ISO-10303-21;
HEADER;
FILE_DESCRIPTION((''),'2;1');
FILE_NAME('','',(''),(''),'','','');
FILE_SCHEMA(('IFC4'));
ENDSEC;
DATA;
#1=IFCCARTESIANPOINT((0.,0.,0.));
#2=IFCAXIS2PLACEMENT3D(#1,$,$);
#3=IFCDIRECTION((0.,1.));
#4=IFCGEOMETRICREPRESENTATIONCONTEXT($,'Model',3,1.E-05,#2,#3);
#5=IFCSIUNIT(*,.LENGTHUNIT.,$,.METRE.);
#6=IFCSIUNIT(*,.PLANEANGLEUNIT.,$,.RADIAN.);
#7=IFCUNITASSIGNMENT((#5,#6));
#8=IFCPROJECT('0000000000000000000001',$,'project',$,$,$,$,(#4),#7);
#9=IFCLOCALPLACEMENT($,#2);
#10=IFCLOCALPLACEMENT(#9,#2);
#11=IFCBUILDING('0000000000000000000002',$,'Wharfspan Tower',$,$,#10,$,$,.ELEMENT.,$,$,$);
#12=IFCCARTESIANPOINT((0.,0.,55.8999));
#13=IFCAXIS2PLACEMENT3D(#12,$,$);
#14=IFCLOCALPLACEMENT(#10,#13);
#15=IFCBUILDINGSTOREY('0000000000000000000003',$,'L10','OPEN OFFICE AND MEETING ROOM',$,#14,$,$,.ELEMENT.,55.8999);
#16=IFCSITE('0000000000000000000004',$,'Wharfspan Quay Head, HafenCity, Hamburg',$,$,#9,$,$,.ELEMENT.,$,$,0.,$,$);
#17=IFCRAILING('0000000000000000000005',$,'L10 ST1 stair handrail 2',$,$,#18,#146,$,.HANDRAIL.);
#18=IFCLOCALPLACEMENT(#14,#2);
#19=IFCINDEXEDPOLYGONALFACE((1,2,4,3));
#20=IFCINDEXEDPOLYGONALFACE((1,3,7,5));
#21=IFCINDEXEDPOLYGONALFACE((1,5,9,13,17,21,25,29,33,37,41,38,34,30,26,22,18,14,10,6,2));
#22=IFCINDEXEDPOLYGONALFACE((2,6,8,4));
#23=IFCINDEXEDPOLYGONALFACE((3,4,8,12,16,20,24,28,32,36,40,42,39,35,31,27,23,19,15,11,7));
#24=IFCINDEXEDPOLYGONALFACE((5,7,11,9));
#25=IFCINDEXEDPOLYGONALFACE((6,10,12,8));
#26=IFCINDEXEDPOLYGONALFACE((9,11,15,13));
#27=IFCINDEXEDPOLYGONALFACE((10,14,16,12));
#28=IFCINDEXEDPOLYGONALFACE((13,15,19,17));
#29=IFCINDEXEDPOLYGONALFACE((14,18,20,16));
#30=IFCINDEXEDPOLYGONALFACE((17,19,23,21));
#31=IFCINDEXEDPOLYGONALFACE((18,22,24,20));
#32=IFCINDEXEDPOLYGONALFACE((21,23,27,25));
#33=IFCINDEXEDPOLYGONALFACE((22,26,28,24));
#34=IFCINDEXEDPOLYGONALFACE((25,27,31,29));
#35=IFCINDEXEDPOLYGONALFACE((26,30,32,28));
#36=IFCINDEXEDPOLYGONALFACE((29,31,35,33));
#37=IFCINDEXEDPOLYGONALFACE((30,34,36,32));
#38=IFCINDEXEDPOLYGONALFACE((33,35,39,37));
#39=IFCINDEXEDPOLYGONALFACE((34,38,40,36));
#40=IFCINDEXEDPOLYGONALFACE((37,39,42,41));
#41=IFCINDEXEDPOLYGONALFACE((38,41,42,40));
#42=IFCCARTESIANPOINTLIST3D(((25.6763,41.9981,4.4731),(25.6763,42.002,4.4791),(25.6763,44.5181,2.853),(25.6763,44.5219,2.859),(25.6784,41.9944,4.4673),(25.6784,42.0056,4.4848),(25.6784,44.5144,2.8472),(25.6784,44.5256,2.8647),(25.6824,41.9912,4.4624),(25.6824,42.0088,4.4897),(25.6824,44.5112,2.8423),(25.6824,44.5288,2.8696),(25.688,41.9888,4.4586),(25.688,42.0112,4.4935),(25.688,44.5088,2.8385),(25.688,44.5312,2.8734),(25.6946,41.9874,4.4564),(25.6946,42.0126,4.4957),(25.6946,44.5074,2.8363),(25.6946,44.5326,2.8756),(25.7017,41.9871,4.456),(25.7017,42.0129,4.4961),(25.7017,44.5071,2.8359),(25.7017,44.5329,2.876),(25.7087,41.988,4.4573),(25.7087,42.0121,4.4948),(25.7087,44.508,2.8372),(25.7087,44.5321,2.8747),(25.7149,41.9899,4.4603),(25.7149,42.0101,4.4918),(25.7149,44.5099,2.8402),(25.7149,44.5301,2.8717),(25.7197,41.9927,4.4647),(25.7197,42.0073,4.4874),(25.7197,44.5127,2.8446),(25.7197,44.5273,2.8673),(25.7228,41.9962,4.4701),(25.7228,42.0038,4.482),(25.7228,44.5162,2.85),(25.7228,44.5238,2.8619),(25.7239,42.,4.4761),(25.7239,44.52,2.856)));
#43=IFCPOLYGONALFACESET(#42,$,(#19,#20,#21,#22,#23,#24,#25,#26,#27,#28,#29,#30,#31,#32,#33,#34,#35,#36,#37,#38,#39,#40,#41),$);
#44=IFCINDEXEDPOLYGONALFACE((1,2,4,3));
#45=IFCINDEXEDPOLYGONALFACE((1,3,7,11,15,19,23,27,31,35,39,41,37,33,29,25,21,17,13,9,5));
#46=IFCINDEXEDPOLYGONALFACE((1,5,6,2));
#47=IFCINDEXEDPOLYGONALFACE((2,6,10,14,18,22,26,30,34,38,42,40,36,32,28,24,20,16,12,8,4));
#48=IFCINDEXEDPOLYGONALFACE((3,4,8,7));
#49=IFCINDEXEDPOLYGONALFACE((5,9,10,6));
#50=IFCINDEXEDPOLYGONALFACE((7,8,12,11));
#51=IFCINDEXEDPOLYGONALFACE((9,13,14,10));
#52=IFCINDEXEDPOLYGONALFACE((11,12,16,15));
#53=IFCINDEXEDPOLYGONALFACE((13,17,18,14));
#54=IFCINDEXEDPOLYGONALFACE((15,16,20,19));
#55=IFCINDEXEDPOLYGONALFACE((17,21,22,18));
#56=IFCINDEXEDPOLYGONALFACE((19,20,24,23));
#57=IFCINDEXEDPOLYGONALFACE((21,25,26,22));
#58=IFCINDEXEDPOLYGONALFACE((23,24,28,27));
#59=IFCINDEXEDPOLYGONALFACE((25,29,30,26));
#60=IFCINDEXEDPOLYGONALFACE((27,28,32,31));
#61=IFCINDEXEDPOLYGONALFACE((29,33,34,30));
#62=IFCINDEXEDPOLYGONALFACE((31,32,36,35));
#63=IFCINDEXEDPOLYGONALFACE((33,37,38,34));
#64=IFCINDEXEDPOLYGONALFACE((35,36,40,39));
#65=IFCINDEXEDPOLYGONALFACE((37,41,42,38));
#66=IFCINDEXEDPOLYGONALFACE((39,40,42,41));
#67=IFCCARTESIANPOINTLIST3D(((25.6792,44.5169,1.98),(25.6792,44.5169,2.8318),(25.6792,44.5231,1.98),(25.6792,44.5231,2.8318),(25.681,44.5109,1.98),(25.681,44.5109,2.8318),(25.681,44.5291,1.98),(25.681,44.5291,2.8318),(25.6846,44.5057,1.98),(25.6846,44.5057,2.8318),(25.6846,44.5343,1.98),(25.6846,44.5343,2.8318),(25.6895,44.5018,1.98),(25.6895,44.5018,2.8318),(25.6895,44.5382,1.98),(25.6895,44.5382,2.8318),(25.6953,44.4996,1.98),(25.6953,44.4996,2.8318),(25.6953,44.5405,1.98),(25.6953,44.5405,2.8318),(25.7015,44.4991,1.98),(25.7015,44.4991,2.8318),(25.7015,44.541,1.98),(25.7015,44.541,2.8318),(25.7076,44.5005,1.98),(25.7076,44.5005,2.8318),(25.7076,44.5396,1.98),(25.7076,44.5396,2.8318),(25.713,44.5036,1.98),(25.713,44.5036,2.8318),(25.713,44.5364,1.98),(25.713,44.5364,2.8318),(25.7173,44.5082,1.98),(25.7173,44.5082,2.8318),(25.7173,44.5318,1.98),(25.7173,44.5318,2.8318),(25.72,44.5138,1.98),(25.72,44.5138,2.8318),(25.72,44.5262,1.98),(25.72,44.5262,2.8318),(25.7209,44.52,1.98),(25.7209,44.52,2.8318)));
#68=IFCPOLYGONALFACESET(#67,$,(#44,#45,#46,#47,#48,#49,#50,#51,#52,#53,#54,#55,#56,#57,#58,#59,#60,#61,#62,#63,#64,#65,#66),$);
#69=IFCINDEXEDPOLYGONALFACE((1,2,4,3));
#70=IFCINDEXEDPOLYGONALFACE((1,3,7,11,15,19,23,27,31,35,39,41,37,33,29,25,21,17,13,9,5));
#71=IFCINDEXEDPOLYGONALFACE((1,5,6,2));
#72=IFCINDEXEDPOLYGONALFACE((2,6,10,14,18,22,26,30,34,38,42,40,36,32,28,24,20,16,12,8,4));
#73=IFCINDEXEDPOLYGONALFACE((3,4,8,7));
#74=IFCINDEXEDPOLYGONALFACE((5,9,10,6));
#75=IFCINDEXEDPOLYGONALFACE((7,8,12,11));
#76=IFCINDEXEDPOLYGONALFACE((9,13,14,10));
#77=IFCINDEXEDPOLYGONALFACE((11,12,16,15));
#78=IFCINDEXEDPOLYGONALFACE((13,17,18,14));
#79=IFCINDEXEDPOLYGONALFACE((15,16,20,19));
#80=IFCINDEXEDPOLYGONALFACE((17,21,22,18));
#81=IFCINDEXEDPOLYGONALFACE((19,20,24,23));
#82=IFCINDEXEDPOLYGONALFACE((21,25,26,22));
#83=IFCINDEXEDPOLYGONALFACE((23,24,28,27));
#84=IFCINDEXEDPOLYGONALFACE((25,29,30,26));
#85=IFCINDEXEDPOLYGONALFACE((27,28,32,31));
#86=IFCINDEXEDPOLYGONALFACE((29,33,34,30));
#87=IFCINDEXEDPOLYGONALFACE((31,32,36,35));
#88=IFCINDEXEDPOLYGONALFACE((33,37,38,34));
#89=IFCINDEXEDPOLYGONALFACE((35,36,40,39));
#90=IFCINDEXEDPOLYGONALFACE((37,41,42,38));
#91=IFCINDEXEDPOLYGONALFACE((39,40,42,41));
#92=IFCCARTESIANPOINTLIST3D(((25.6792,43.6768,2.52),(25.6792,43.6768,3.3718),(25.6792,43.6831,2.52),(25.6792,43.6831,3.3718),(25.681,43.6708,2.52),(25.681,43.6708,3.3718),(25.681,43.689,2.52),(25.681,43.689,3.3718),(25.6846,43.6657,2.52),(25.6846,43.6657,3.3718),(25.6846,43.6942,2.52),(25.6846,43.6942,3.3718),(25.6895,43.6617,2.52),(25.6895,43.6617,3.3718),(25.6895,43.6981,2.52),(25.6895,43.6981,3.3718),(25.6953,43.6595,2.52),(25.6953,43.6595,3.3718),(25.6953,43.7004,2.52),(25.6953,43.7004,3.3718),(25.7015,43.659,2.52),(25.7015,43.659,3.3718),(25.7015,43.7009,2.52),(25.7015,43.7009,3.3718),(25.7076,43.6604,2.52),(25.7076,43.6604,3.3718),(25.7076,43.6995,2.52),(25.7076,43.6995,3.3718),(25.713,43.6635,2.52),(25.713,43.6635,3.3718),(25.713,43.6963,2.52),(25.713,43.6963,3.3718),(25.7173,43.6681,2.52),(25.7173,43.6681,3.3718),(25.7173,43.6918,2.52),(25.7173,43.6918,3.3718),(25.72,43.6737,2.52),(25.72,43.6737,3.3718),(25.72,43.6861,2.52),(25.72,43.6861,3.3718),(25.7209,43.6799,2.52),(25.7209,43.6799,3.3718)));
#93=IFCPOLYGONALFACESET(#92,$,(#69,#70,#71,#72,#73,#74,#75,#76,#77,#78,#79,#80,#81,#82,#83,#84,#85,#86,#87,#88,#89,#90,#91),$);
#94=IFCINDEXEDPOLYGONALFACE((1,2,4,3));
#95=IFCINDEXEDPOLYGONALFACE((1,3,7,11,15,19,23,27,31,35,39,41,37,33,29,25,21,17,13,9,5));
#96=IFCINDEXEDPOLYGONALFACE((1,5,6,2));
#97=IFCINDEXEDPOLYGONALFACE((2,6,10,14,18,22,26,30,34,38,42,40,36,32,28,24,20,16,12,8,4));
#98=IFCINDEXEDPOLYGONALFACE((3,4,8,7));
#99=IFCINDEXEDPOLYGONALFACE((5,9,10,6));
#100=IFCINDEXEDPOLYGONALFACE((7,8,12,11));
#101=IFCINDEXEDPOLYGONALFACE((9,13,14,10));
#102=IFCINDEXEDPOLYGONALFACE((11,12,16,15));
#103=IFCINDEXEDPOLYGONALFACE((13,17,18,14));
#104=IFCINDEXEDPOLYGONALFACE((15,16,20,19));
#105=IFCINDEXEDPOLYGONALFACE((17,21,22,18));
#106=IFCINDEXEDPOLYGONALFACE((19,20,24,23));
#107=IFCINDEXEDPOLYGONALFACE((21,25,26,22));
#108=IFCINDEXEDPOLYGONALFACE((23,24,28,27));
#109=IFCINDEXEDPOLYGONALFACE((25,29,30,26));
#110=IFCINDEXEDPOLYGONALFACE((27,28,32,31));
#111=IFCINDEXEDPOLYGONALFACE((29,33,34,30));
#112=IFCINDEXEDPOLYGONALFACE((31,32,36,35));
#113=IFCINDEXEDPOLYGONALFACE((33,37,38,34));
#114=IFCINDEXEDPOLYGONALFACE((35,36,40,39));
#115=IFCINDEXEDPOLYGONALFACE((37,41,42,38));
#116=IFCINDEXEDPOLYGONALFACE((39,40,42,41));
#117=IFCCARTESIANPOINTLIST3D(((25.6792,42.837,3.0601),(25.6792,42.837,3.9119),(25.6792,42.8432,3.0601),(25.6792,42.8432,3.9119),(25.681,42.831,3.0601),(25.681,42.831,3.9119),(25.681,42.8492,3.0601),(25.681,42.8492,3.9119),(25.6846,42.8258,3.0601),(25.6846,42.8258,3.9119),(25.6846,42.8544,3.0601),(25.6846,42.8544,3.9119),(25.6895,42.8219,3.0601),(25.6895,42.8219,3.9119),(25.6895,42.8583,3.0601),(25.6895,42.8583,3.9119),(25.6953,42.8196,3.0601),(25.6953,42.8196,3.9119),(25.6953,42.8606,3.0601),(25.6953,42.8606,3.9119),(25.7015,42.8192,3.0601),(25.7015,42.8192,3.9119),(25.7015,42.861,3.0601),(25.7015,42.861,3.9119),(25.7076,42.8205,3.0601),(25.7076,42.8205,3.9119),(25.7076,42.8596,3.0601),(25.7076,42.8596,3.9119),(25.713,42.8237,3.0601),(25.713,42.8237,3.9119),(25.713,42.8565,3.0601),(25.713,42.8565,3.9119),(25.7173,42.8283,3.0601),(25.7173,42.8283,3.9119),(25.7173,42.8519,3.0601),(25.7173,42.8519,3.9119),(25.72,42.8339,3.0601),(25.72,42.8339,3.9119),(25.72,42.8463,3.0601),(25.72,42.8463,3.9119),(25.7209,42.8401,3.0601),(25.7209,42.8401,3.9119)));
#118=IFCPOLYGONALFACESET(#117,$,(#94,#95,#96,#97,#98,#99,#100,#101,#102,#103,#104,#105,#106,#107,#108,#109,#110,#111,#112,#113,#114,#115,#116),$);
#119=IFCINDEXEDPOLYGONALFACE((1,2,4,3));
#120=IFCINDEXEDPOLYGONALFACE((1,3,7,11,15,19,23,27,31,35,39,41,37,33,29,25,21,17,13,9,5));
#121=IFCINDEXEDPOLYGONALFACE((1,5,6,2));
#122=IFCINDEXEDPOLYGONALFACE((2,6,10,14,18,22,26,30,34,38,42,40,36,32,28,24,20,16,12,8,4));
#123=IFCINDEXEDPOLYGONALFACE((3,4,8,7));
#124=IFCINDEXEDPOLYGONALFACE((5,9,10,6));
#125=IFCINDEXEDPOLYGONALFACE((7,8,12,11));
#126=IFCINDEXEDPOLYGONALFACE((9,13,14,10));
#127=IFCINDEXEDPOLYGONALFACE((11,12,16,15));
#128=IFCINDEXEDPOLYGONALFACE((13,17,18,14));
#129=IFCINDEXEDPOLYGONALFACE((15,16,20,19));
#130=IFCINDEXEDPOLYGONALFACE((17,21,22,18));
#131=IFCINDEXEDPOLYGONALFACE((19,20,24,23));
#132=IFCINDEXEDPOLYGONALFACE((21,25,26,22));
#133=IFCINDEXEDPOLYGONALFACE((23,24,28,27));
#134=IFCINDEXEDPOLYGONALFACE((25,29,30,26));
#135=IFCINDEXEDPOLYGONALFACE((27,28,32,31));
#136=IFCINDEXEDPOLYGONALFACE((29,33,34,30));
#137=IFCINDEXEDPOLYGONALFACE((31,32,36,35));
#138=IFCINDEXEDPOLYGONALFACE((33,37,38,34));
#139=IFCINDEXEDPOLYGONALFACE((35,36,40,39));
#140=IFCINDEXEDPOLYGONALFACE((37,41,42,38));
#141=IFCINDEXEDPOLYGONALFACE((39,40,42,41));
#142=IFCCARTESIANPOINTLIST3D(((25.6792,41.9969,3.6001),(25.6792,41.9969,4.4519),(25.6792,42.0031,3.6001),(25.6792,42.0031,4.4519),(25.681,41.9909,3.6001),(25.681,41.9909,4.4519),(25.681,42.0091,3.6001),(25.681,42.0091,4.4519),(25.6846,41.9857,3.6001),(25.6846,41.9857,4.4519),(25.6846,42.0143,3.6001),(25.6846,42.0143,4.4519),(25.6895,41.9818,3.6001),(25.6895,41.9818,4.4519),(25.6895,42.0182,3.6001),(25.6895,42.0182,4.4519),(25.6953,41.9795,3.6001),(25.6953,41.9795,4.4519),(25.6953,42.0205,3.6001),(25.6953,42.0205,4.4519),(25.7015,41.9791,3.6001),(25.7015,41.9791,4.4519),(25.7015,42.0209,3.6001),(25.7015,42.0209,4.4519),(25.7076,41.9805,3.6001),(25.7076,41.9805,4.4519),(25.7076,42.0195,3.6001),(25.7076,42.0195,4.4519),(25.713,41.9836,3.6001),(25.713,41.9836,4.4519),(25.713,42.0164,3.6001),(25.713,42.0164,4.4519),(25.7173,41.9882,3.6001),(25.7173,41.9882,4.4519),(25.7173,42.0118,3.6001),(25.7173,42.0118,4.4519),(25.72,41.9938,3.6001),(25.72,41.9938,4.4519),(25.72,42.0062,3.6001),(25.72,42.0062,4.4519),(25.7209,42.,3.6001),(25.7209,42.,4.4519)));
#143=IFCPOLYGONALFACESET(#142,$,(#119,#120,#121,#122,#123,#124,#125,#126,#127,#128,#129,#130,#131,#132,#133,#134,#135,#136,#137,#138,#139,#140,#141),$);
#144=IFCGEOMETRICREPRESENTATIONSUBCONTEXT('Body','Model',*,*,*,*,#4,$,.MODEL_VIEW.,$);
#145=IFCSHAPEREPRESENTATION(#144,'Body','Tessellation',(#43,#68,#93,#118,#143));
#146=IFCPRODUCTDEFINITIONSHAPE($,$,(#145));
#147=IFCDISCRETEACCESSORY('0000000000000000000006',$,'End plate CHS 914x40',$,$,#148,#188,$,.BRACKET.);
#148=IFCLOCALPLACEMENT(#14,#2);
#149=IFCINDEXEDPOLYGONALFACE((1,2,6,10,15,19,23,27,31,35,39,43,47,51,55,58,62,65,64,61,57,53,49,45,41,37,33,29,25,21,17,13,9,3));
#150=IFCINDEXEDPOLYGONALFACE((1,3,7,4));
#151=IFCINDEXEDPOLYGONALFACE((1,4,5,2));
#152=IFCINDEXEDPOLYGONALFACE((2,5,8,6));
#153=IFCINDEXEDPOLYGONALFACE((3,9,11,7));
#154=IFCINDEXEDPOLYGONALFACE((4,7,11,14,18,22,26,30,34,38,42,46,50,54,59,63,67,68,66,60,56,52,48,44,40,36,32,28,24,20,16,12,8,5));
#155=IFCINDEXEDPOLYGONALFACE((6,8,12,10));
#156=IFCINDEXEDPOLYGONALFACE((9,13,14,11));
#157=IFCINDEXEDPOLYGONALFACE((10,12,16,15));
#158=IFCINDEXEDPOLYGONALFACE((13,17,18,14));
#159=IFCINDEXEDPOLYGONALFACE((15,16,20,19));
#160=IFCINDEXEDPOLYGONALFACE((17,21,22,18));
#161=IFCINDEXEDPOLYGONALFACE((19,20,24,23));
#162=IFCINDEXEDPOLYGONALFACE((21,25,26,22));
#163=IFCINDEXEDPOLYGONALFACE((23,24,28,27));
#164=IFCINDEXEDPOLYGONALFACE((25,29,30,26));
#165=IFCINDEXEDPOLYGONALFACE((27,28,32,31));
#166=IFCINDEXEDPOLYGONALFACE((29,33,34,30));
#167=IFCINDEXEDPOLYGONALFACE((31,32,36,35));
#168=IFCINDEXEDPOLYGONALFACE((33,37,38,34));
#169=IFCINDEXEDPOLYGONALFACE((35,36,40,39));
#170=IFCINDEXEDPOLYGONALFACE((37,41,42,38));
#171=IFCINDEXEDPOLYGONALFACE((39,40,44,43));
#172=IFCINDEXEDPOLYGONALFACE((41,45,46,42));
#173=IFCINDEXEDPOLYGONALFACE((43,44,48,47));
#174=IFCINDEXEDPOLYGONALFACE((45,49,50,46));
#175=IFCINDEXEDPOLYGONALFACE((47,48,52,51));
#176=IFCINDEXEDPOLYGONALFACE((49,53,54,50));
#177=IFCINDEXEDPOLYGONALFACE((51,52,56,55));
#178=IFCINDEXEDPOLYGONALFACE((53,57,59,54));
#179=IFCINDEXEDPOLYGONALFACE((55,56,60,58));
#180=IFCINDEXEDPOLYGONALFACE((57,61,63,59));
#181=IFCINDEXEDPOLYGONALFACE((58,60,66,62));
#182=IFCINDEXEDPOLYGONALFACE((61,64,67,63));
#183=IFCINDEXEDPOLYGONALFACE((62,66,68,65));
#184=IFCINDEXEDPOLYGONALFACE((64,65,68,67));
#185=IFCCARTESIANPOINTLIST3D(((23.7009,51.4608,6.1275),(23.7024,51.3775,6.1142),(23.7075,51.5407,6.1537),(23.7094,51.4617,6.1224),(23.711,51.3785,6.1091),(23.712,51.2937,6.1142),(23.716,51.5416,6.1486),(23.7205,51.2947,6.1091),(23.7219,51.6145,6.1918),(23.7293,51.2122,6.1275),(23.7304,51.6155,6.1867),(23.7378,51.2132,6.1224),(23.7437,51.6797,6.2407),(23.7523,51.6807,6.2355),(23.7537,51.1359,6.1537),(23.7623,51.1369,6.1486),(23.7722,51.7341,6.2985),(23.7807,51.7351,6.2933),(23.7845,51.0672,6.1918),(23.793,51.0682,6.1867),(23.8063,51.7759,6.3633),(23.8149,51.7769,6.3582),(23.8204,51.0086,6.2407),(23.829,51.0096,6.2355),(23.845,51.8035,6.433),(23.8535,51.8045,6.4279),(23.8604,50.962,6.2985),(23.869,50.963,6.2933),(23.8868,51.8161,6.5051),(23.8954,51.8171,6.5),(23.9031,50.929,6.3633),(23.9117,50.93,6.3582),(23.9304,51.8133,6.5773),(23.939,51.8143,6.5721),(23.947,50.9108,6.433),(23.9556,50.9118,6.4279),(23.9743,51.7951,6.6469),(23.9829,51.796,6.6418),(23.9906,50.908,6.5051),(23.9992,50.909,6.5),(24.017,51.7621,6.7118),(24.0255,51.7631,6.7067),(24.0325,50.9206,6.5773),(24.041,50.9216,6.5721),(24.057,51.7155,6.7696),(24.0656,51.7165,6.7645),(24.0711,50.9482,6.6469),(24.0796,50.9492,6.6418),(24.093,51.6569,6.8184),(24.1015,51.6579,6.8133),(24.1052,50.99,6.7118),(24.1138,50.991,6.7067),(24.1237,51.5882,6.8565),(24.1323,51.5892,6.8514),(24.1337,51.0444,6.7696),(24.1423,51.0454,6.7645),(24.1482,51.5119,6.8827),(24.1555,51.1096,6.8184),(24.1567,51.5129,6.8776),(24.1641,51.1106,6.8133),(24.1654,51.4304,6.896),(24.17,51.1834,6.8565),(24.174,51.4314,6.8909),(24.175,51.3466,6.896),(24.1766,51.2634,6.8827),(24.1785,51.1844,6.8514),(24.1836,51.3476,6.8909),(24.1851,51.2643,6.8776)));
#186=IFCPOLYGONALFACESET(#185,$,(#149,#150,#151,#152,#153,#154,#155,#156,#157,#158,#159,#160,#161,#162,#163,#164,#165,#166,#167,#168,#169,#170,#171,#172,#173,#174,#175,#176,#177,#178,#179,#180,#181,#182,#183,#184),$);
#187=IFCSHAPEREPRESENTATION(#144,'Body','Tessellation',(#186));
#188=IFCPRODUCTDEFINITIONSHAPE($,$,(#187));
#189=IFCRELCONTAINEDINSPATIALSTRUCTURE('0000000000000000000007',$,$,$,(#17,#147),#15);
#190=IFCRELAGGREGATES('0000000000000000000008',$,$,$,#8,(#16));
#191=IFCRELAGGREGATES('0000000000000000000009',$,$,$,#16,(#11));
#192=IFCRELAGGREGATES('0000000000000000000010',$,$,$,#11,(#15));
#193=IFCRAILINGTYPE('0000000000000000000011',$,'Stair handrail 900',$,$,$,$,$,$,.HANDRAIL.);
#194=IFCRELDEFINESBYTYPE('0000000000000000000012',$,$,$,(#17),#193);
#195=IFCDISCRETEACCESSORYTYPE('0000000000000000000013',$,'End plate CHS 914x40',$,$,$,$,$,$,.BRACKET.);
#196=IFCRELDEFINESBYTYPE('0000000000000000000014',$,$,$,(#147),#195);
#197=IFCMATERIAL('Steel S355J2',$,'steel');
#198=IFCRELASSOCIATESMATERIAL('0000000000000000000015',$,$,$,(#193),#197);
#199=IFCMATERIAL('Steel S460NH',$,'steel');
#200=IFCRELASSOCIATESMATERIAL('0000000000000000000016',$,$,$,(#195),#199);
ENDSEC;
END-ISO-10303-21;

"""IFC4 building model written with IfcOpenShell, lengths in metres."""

from ifc_helpers import new_model, si_unit, direction, frame, origin, origin_2d, place, context, subcontext, project, spatial, circle, extrude, material, material_profile, profile_set, type_object, element, save


model = new_model("IFC4")

# Units and contexts
model_context = context("Model", 3, precision=1e-05, world=origin(), true_north=direction((0.0, 1.0)))
body_context = subcontext(model_context, "Body", "Model", "MODEL_VIEW")
ifc_project = project(units=[si_unit("LENGTHUNIT", "METRE"), si_unit("PLANEANGLEUNIT", "RADIAN")], contexts=[model_context])

# Site, building, storey
site_placement = place(None, origin())
site = spatial("IfcSite", under=ifc_project, at=site_placement, Name="Wharfspan Quay Head, HafenCity, Hamburg", CompositionType="ELEMENT", RefElevation=0.0)
building_placement = place(site_placement, origin())
building = spatial("IfcBuilding", under=site, at=building_placement, Name="Wharfspan Tower", CompositionType="ELEMENT")
storey_placement = place(building_placement, frame((0.0, 0.0, 55.8999)))
storey = spatial("IfcBuildingStorey", under=building, at=storey_placement, Name="L10", Description="OPEN OFFICE AND MEETING ROOM", CompositionType="ELEMENT", Elevation=55.8999)

# Shared definitions
ifc_material_1 = material(Name="Steel S355J2", Category="steel")

# Railing
railing_type_1 = type_object("IfcRailingType", Name="Stair handrail 900", PredefinedType="HANDRAIL", material=ifc_material_1)
railing_1_placement = place(storey_placement, frame((25.7, 44.52, 1.98)))
element("IfcRailing", 1, at=railing_1_placement, inside=storey, type_object=railing_type_1, Name="L10 ST1 stair handrail 2", PredefinedType="HANDRAIL", context=body_context, shape_type="SweptSolid", body=[
    extrude(circle(Radius=0.0239, at=origin_2d()), frame((0.0, 0.0, 0.876), z_axis=(0.0, -0.841163, 0.540782), x_axis=(1.0, 0.0, 0.0)), (0.0, 0.0, 1.0), 2.9958),
    extrude(circle(Radius=0.021, at=origin_2d()), origin(), (0.0, 0.0, 1.0), 0.8518),
    extrude(circle(Radius=0.021, at=origin_2d()), frame((0.0, -0.8401, 0.54)), (0.0, 0.0, 1.0), 0.8518),
    extrude(circle(Radius=0.021, at=origin_2d()), frame((0.0, -1.6799, 1.0801)), (0.0, 0.0, 1.0), 0.8518),
    extrude(circle(Radius=0.021, at=origin_2d()), frame((0.0, -2.52, 1.6201)), (0.0, 0.0, 1.0), 0.8518),
])

# Discrete accessory
ifc_material_2 = material(Name="Steel S460NH", Category="steel")
ifc_material_profile_1 = material_profile(ifc_material_2, circle(Radius=0.457, at=origin_2d()))
ifc_profile_set_1 = profile_set([ifc_material_profile_1], Name="Steel S460NH")
discrete_accessory_type = type_object("IfcDiscreteAccessoryType", Name="End plate CHS 914x40", PredefinedType="BRACKET", material=ifc_profile_set_1)
discrete_accessory_placement = place(storey_placement, frame((23.9473, 51.363, 6.5), z_axis=(-0.853405, -0.097532, 0.512043), x_axis=(0.113547, -0.993531, 0.000001)))
element("IfcDiscreteAccessory", 2, at=discrete_accessory_placement, inside=storey, type_object=discrete_accessory_type, Name="End plate CHS 914x40", PredefinedType="BRACKET", context=body_context, shape_type="SweptSolid", body=[
    extrude(circle(Radius=0.457, at=origin_2d()), origin(), (0.0, 0.0, 1.0), 0.01),
])

save(model, "model.ifc")
